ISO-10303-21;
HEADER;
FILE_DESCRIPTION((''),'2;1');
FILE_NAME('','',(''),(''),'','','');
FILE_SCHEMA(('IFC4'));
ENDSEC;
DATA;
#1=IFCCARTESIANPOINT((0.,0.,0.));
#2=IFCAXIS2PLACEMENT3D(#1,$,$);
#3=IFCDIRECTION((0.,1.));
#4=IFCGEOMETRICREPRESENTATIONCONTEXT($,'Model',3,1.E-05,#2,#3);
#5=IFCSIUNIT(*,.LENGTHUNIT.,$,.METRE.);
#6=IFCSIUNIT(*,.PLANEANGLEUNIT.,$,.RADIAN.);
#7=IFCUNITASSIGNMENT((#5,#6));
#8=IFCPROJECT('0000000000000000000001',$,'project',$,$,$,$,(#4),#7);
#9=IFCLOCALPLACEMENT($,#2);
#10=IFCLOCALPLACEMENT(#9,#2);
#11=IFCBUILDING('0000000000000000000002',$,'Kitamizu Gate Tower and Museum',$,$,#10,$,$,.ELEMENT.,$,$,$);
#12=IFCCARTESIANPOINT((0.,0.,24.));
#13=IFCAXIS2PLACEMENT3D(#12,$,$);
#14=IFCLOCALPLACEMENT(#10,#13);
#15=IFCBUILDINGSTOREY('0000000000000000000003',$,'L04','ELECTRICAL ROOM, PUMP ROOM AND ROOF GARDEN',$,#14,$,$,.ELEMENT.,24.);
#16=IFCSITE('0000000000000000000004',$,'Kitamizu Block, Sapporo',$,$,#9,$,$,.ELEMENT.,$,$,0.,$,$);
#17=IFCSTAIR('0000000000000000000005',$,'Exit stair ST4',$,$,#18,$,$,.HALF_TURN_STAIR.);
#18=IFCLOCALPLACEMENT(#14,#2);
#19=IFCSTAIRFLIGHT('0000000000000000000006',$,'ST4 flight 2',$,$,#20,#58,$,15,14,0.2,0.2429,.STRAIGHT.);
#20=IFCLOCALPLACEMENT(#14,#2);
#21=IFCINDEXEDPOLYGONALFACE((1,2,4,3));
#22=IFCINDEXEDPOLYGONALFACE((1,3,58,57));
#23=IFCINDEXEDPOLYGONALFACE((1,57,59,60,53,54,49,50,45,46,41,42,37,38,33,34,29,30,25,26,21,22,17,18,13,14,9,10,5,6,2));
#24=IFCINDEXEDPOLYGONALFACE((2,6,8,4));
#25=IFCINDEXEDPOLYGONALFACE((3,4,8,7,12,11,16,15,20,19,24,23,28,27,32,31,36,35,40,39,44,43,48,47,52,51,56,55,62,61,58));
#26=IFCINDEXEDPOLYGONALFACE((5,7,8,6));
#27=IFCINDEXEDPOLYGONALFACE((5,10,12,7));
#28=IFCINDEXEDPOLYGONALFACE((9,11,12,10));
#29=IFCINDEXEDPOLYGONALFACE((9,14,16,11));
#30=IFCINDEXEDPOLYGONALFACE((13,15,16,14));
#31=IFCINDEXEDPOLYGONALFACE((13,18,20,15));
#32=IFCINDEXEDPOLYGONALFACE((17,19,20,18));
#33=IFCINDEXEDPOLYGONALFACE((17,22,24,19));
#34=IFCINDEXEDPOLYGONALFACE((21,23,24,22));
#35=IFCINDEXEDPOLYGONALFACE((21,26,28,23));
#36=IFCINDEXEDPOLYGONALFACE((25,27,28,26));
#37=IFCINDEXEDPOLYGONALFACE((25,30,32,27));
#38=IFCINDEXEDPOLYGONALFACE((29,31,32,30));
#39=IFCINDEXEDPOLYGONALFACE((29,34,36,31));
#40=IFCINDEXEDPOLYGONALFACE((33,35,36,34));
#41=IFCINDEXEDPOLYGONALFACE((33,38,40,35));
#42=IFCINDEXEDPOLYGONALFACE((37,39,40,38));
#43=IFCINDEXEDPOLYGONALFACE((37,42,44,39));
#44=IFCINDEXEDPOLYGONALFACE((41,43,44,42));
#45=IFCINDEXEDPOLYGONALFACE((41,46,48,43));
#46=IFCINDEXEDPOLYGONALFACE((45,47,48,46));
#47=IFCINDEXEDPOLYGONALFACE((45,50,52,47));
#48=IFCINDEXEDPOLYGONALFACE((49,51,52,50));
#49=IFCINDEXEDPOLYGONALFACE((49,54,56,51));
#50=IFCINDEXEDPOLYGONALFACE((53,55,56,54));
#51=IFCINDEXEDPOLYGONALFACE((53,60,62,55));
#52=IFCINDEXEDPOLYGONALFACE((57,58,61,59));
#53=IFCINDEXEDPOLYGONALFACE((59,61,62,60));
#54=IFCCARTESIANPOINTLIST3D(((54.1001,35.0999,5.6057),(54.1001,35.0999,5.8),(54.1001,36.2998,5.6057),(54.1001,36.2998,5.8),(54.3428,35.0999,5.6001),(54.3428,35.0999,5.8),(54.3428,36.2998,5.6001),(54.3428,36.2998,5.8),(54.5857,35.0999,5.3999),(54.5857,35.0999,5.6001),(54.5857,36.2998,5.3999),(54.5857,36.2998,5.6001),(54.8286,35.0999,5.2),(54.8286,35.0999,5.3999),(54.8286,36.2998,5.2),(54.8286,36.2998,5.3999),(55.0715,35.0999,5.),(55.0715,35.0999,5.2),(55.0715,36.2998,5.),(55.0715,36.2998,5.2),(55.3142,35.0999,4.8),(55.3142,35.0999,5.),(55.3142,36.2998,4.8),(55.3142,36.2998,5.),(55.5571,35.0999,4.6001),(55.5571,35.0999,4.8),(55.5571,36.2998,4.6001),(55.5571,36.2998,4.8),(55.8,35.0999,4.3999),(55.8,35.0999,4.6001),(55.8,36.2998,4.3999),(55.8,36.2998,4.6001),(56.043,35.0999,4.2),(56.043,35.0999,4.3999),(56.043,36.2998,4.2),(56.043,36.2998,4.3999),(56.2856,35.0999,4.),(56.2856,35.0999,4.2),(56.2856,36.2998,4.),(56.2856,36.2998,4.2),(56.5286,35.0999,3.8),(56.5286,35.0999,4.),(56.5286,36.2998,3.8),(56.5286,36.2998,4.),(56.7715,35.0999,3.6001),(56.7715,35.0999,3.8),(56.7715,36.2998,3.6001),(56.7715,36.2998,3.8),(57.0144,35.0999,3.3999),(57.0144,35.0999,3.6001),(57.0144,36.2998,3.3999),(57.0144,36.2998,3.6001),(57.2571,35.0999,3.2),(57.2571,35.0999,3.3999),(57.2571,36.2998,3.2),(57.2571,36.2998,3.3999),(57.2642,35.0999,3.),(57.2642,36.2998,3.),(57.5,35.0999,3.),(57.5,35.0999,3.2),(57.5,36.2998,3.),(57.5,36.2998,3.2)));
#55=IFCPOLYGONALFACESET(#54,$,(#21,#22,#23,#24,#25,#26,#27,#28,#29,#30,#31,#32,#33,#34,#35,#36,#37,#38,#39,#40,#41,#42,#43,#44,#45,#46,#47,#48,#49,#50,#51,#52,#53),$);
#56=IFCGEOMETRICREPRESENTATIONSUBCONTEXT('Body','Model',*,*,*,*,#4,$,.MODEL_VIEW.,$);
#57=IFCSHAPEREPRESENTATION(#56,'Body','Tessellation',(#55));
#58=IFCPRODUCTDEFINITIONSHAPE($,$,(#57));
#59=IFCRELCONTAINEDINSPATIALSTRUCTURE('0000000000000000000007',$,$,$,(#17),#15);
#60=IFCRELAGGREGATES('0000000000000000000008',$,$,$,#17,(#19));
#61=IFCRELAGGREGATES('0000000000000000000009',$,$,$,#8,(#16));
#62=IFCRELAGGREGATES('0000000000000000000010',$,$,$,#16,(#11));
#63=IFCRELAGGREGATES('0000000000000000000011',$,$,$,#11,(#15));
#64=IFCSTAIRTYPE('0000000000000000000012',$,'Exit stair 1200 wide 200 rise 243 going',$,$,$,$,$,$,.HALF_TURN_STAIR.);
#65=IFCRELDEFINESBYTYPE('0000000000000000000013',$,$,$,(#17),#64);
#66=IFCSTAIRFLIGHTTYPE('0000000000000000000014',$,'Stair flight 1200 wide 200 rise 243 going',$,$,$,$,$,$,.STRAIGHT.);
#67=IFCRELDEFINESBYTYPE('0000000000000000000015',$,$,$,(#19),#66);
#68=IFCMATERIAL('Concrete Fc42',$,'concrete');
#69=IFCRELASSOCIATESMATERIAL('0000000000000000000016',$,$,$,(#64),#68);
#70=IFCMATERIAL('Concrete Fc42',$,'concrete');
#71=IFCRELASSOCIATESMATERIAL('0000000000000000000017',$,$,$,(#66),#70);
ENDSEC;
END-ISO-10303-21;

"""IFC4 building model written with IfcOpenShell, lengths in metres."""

from ifc_helpers import new_model, si_unit, direction, frame, origin, place, context, subcontext, project, spatial, polyline, outline, extrude, material, type_object, element, aggregate, save


model = new_model("IFC4")

# Units and contexts
model_context = context("Model", 3, precision=1e-05, world=origin(), true_north=direction((0.0, 1.0)))
body_context = subcontext(model_context, "Body", "Model", "MODEL_VIEW")
ifc_project = project(units=[si_unit("LENGTHUNIT", "METRE"), si_unit("PLANEANGLEUNIT", "RADIAN")], contexts=[model_context])

# Site, building, storey
site_placement = place(None, origin())
site = spatial("IfcSite", under=ifc_project, at=site_placement, Name="Kitamizu Block, Sapporo", CompositionType="ELEMENT", RefElevation=0.0)
building_placement = place(site_placement, origin())
building = spatial("IfcBuilding", under=site, at=building_placement, Name="Kitamizu Gate Tower and Museum", CompositionType="ELEMENT")
storey_placement = place(building_placement, frame((0.0, 0.0, 24.0)))
storey = spatial("IfcBuildingStorey", under=building, at=storey_placement, Name="L04", Description="ELECTRICAL ROOM, PUMP ROOM AND ROOF GARDEN", CompositionType="ELEMENT", Elevation=24.0)

# Stair, stair flight
ifc_material_1 = material(Name="Concrete Fc42", Category="concrete")
stair_type = type_object("IfcStairType", Name="Exit stair 1200 wide 200 rise 243 going", PredefinedType="HALF_TURN_STAIR", material=ifc_material_1)
stair_placement = place(storey_placement, origin())
stair = element("IfcStair", 1, at=stair_placement, inside=storey, type_object=stair_type, Name="Exit stair ST4", PredefinedType="HALF_TURN_STAIR")
ifc_material_2 = material(Name="Concrete Fc42", Category="concrete")
stair_flight_type = type_object("IfcStairFlightType", Name="Stair flight 1200 wide 200 rise 243 going", PredefinedType="STRAIGHT", material=ifc_material_2)
stair_flight_placement = place(storey_placement, frame((57.5, 35.7, 3.0), z_axis=(0.0, 0.0, 1.0), x_axis=(-1.0, 0.0, 0.0)))
stair_flight = element("IfcStairFlight", 2, at=stair_flight_placement, type_object=stair_flight_type, Name="ST4 flight 2", NumberOfRisers=15, NumberOfTreads=14, PredefinedType="STRAIGHT", RiserHeight=0.2, TreadLength=0.2429, context=body_context, shape_type="SweptSolid", body=[
    extrude(outline(polyline([(0.0, 0.0), (0.0, 0.2), (0.2429, 0.2), (0.2429, 0.3999), (0.4856, 0.3999), (0.4856, 0.6001), (0.7285, 0.6001), (0.7285, 0.8), (0.9714, 0.8), (0.9714, 1.0), (1.2144, 1.0), (1.2144, 1.2), (1.457, 1.2), (1.457, 1.3999), (1.7, 1.3999), (1.7, 1.6001), (1.9429, 1.6001), (1.9429, 1.8), (2.1858, 1.8), (2.1858, 2.0), (2.4285, 2.0), (2.4285, 2.2), (2.6714, 2.2), (2.6714, 2.3999), (2.9143, 2.3999), (2.9143, 2.6001), (3.1572, 2.6001), (3.1572, 2.8), (3.3999, 2.8), (3.3999, 3.0), (3.3999, 2.6057), (0.2358, 0.0), (0.0, 0.0)])), frame((0.0, 0.6001, 0.0), z_axis=(0.0, -1.0, 0.0), x_axis=(1.0, 0.0, 0.0)), (0.0, 0.0, 1.0), 1.2),
])
aggregate(stair, [stair_flight])

save(model, "model.ifc")
